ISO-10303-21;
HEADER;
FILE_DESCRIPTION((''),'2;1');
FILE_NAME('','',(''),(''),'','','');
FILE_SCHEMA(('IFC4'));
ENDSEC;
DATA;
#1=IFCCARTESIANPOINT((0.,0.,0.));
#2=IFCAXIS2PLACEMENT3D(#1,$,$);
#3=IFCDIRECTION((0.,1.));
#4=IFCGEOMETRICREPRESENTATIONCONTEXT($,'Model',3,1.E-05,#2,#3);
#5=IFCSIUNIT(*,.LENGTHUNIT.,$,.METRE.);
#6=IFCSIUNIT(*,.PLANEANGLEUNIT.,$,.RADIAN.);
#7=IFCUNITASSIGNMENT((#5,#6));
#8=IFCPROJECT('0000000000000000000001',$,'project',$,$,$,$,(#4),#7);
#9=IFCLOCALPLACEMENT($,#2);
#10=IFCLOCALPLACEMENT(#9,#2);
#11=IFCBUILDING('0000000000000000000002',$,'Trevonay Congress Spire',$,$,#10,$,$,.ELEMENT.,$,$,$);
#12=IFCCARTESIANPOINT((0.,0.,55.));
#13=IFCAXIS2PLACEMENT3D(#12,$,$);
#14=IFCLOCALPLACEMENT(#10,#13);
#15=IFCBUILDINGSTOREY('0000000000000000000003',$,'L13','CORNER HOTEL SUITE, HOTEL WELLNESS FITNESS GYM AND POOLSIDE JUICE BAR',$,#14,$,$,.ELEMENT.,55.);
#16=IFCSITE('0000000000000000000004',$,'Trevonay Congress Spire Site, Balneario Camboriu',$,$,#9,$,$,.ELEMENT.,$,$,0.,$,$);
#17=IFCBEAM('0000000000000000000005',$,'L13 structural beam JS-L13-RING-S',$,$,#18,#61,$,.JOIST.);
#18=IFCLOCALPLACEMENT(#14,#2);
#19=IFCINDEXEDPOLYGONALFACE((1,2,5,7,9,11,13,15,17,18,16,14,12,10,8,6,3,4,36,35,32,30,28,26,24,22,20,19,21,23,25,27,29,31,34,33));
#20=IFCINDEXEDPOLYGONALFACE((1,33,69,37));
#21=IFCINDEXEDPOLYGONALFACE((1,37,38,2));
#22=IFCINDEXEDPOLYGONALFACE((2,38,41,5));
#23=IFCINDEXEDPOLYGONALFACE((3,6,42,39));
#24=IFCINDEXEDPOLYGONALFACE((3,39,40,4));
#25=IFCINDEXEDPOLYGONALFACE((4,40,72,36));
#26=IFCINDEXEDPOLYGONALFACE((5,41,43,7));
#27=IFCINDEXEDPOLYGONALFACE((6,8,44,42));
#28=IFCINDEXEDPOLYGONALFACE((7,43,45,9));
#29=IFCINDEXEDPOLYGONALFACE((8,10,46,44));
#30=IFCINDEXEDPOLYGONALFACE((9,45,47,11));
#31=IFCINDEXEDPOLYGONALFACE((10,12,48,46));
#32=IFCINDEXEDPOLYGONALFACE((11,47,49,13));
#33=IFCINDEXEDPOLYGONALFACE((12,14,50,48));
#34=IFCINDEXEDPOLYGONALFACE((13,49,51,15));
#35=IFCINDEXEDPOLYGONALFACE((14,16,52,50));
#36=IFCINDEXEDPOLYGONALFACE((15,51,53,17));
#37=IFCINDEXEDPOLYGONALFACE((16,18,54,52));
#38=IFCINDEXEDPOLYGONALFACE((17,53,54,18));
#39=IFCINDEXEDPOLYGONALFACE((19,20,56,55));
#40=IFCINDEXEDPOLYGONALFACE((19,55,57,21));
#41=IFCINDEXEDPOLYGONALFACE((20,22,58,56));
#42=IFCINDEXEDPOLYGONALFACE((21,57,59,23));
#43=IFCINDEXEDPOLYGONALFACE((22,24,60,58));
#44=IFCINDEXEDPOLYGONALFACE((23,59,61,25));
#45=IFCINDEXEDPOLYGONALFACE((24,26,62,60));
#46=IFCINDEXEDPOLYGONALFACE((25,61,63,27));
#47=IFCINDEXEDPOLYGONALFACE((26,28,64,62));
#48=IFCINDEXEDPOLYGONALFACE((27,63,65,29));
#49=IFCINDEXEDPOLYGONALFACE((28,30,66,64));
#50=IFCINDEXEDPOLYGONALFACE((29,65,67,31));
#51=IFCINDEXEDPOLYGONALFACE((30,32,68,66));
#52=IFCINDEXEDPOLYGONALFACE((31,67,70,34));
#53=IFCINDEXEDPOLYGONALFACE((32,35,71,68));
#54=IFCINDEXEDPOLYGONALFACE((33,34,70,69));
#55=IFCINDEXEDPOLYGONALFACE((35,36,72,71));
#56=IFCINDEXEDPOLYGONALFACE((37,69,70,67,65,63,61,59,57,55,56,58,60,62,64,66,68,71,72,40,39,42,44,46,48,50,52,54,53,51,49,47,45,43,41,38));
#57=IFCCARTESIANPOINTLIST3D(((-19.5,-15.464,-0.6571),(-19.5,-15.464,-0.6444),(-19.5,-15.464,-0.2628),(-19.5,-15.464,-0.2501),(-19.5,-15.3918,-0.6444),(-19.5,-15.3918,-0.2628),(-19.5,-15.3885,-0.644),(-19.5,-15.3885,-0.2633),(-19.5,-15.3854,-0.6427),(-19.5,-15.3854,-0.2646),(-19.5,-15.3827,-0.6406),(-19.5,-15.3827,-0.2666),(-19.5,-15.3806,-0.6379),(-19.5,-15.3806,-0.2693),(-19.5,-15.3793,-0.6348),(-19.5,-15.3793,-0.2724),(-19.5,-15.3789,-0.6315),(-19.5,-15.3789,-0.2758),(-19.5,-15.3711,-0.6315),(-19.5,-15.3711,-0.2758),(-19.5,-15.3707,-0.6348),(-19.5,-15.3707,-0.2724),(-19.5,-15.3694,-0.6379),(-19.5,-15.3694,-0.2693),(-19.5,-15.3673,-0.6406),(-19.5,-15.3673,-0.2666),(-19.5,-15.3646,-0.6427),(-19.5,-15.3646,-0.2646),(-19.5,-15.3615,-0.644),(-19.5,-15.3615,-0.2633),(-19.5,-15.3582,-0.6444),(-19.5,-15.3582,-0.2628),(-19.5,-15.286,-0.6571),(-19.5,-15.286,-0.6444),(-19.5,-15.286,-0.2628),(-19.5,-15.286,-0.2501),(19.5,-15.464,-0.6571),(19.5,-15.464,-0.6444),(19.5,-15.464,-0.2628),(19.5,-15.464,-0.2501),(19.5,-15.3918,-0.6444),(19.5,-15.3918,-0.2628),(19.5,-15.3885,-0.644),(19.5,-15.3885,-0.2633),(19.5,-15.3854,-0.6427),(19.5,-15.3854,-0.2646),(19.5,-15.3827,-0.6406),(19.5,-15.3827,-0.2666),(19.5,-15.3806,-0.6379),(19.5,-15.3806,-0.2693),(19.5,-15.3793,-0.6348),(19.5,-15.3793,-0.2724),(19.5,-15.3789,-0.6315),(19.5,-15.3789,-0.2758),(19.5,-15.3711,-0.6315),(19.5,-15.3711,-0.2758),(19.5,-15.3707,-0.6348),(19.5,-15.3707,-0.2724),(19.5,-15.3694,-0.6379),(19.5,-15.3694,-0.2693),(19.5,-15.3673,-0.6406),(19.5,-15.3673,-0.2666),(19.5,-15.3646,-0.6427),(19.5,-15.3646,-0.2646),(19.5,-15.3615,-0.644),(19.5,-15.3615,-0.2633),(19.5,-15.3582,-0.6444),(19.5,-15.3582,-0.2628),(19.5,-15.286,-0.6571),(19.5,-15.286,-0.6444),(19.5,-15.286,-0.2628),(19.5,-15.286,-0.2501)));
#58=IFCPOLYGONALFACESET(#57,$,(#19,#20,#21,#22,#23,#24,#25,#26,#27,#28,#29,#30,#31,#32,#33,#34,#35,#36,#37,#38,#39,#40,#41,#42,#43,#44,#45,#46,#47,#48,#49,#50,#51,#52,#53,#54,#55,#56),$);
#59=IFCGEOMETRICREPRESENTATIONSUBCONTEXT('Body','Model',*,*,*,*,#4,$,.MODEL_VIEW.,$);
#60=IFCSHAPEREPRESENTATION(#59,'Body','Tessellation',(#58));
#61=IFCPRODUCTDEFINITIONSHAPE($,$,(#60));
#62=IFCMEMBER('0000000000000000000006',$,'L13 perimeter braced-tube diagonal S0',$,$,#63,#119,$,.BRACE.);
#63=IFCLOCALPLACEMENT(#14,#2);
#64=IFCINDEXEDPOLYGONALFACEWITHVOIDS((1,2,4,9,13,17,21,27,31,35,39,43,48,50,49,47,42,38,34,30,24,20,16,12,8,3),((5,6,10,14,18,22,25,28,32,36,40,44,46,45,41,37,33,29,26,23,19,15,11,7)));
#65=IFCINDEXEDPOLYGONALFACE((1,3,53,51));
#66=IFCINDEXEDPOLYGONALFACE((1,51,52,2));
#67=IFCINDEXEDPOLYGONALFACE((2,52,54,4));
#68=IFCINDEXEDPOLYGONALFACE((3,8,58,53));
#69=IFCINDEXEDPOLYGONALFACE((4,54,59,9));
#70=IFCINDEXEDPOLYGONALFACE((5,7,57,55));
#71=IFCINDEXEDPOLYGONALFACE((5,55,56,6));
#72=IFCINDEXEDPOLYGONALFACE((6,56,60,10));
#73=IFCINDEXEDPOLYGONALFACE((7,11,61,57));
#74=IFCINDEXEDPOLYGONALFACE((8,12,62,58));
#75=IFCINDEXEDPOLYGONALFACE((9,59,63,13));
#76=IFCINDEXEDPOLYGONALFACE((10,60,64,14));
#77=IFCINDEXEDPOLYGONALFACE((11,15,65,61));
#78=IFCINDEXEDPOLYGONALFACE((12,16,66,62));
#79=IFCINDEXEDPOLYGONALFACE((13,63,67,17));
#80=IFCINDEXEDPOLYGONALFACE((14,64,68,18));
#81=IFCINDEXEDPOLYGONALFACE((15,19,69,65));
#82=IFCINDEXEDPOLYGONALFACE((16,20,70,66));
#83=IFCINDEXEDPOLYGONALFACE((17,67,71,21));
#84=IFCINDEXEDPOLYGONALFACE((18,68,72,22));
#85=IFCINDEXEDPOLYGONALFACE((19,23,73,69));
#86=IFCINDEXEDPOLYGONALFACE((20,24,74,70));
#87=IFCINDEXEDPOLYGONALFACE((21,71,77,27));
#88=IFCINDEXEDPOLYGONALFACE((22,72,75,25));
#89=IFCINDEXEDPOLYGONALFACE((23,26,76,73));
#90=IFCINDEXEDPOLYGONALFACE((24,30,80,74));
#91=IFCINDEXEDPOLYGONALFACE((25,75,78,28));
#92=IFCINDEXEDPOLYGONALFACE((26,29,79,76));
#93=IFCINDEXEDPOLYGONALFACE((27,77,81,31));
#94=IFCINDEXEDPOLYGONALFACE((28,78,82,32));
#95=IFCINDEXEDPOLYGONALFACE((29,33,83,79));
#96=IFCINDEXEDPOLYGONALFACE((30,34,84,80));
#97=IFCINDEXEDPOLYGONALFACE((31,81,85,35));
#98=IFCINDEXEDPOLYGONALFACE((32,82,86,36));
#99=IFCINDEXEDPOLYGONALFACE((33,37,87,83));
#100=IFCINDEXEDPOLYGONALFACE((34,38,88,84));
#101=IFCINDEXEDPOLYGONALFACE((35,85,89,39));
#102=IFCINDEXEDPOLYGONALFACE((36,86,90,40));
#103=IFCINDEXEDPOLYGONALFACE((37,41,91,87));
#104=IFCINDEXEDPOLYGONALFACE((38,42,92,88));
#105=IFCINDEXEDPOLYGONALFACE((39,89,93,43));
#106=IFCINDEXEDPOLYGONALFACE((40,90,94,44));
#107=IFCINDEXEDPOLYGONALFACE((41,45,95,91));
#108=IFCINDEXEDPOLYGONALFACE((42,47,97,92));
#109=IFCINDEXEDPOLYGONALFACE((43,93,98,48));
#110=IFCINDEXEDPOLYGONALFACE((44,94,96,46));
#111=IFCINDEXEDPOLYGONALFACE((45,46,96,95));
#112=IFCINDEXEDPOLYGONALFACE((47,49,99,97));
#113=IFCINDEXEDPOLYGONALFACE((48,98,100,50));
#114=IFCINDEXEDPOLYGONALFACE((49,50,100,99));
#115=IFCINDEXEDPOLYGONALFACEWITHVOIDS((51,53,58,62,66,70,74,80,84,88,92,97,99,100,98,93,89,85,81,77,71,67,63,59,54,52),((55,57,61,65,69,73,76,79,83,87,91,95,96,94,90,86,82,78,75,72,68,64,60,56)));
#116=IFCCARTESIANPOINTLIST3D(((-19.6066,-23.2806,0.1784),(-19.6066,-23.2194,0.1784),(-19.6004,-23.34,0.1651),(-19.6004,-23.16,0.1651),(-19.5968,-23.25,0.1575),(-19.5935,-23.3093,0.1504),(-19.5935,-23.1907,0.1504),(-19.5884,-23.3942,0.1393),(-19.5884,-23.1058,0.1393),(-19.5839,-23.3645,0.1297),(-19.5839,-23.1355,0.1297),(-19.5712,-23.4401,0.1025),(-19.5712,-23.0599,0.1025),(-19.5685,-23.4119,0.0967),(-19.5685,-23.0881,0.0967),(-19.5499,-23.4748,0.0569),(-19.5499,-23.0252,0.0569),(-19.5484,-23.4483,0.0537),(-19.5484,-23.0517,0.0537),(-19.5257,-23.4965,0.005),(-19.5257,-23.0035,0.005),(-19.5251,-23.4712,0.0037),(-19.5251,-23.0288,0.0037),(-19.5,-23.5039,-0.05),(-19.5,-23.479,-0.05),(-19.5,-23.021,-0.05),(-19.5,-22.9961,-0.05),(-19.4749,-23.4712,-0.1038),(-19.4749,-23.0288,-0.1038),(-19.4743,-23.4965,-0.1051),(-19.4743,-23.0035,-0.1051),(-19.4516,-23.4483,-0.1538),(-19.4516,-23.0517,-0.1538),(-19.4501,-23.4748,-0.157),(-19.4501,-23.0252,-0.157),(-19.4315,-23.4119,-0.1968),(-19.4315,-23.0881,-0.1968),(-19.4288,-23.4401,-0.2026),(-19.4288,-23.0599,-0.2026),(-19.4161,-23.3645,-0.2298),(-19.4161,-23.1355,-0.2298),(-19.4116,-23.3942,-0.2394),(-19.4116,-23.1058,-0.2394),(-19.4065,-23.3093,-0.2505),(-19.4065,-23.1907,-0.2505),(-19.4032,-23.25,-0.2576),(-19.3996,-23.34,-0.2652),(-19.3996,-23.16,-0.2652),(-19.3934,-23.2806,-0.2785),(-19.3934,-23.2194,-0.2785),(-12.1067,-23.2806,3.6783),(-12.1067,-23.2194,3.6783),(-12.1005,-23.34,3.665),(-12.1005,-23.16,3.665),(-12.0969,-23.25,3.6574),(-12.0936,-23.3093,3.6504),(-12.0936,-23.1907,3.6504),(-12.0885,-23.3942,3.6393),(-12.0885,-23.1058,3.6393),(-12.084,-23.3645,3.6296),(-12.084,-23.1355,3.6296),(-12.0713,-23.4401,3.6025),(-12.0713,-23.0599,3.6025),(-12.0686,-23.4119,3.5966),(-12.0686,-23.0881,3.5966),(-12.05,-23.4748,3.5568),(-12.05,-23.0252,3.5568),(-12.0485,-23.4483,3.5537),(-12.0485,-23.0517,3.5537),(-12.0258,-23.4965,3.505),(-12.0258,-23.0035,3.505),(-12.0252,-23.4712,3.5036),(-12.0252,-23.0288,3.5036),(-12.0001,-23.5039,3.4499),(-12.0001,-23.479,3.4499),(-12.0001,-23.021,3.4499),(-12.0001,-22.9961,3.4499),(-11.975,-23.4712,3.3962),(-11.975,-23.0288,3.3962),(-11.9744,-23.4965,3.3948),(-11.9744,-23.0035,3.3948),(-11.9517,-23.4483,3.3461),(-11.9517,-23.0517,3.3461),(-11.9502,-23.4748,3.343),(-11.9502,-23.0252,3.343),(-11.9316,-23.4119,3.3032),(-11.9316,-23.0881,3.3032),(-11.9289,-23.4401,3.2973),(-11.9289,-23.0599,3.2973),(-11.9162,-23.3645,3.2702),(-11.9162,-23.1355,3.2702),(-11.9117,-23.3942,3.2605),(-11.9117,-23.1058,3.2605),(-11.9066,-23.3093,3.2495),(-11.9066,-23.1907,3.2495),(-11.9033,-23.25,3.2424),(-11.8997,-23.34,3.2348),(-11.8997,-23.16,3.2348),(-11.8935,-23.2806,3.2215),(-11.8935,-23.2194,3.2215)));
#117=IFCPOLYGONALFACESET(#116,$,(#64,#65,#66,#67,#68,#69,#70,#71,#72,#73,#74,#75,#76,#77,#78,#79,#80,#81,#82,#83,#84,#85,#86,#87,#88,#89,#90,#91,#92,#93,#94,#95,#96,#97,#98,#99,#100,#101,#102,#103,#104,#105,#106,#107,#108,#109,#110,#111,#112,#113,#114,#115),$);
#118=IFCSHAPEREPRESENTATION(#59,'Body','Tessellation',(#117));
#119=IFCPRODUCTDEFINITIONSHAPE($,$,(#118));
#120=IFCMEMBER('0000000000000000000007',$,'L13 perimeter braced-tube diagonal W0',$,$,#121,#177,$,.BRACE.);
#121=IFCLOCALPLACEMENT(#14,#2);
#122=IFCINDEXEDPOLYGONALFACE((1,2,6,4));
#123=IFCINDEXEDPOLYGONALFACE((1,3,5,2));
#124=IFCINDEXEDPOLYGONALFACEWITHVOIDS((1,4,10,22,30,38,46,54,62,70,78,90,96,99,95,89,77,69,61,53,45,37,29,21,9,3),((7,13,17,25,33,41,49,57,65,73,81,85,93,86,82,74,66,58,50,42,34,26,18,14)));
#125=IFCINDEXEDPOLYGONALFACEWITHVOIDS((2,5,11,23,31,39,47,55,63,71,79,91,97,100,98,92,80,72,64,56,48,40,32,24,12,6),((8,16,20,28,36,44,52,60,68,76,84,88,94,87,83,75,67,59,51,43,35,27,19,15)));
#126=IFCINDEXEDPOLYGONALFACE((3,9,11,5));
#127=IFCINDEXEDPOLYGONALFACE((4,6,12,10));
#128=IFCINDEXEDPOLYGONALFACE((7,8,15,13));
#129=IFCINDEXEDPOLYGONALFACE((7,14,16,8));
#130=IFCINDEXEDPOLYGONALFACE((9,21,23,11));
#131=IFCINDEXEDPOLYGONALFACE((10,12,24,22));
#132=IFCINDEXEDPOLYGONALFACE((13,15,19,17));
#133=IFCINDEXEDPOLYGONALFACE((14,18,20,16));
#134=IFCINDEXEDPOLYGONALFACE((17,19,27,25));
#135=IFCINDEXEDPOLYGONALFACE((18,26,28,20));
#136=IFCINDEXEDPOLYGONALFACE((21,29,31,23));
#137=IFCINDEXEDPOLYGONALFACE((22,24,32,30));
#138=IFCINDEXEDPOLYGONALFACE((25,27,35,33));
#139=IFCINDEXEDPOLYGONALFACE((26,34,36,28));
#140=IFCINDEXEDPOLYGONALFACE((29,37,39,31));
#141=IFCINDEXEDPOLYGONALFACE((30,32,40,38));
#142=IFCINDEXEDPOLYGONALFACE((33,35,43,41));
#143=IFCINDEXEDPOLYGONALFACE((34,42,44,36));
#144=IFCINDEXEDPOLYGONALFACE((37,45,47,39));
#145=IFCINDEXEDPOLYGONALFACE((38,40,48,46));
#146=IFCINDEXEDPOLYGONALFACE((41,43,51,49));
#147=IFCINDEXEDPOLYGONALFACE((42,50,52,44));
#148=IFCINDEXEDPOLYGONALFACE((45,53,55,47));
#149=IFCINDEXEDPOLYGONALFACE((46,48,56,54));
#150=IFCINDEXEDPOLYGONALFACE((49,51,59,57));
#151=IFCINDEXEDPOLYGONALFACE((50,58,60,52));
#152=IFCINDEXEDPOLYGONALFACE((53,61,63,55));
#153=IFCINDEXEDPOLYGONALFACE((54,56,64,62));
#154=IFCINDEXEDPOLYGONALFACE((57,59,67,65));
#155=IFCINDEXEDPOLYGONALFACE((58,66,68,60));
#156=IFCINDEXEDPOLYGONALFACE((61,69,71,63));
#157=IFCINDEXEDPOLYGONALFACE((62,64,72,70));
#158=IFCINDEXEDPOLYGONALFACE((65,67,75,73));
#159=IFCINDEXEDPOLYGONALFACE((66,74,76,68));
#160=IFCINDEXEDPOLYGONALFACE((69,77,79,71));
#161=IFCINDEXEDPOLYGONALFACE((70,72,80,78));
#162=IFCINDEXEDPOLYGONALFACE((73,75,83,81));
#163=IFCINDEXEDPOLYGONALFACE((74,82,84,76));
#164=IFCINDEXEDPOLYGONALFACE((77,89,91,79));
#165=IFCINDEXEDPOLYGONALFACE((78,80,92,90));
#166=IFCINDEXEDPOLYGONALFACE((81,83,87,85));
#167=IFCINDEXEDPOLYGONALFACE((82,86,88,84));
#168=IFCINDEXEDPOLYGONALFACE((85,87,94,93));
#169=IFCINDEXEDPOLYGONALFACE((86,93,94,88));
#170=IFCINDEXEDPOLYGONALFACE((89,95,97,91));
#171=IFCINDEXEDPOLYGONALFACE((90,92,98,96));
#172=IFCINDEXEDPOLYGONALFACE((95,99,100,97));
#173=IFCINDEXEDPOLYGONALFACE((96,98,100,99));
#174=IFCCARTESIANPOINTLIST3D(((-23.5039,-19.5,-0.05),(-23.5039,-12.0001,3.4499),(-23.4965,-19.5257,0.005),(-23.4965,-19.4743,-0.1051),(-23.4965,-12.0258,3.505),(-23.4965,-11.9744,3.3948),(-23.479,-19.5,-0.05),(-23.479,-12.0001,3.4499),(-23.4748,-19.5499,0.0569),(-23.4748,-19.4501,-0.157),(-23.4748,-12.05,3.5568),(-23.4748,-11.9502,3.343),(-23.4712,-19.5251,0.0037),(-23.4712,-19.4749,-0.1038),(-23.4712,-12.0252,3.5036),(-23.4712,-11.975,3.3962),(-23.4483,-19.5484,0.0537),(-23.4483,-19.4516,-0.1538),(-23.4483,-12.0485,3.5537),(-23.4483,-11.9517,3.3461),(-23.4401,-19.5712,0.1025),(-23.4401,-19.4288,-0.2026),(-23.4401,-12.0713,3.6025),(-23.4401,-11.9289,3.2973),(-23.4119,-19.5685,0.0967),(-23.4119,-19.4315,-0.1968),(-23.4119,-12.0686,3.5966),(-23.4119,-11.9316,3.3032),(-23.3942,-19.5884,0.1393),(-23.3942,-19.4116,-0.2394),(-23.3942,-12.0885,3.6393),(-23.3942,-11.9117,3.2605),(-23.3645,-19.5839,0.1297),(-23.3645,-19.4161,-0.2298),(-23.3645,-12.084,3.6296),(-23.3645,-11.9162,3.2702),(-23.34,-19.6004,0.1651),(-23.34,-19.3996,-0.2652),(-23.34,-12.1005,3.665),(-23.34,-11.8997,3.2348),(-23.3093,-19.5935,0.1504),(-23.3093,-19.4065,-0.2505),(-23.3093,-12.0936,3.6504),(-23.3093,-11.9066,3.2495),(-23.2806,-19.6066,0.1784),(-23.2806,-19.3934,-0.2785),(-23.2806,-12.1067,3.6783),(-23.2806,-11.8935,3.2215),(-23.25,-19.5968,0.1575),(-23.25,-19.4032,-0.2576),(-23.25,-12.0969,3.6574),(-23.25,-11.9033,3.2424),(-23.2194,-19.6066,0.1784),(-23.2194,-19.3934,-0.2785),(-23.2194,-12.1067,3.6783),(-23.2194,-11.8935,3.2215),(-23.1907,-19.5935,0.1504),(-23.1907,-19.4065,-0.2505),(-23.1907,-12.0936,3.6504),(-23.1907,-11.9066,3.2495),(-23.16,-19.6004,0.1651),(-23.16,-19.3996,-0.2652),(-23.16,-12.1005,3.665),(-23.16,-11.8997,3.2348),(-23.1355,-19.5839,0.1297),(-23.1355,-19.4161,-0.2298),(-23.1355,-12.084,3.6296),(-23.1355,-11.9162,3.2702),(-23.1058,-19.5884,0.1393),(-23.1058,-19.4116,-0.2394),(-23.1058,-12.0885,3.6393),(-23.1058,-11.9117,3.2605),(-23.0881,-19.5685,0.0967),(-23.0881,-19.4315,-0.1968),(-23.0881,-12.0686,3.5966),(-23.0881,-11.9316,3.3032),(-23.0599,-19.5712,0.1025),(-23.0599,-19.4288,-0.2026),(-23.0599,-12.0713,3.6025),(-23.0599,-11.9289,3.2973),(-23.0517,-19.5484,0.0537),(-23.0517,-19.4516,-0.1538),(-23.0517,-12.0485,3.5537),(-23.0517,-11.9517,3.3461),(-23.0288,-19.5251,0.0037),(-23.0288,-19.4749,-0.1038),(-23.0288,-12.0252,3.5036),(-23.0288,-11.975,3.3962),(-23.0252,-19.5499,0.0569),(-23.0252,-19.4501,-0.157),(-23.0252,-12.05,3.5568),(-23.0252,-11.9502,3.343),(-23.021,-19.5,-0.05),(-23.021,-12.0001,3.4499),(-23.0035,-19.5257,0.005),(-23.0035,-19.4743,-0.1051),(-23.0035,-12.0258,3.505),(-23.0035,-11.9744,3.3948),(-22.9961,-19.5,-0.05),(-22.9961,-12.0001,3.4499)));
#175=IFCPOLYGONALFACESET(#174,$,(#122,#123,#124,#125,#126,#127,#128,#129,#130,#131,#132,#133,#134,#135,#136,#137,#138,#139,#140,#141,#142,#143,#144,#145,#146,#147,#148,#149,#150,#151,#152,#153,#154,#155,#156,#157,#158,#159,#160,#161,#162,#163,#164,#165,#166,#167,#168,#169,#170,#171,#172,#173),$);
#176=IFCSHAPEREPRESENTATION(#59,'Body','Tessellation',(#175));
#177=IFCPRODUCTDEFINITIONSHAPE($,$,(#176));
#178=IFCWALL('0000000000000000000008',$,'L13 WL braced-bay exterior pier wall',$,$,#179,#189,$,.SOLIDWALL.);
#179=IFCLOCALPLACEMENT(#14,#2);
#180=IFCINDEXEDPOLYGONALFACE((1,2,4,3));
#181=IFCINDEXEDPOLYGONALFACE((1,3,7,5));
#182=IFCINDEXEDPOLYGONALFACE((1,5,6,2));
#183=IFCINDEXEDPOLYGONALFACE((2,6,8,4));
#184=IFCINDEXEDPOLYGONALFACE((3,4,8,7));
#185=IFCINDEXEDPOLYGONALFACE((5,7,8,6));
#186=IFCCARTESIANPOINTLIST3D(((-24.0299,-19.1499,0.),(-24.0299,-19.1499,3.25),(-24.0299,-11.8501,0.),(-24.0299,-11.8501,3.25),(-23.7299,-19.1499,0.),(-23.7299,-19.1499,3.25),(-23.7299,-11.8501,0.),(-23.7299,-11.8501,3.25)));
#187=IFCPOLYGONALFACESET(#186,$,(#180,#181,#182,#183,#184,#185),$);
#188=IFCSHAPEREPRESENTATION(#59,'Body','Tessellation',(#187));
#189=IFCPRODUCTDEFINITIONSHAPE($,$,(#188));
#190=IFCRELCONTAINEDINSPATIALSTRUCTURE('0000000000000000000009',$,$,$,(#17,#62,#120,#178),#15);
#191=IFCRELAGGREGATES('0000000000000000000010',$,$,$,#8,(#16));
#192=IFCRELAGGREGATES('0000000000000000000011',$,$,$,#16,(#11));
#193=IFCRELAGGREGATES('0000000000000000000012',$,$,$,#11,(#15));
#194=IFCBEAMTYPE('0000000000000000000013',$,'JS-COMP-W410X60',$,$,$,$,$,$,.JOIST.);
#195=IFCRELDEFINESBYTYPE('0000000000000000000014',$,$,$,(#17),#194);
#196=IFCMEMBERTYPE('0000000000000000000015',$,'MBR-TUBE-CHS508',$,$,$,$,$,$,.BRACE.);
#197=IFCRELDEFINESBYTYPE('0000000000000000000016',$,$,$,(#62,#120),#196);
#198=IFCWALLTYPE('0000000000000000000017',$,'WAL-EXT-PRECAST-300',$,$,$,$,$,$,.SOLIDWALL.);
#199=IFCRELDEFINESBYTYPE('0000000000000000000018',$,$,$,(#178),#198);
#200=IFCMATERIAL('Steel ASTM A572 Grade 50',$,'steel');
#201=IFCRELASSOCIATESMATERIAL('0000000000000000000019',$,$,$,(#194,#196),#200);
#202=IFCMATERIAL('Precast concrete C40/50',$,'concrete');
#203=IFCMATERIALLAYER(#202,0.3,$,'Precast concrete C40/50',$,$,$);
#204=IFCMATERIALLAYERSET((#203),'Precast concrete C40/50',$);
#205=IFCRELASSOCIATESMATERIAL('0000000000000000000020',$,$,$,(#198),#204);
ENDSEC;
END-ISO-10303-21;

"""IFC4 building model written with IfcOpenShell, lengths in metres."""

from ifc_helpers import new_model, si_unit, direction, frame, frame_2d, origin, origin_2d, place, context, subcontext, project, spatial, rectangle, hollow_circle, i_section, extrude, material, layer, layer_set, material_profile, profile_set, type_object, element, save


model = new_model("IFC4")

# Units and contexts
model_context = context("Model", 3, precision=1e-05, world=origin(), true_north=direction((0.0, 1.0)))
body_context = subcontext(model_context, "Body", "Model", "MODEL_VIEW")
ifc_project = project(units=[si_unit("LENGTHUNIT", "METRE"), si_unit("PLANEANGLEUNIT", "RADIAN")], contexts=[model_context])

# Site, building, storey
site_placement = place(None, origin())
site = spatial("IfcSite", under=ifc_project, at=site_placement, Name="Trevonay Congress Spire Site, Balneario Camboriu", CompositionType="ELEMENT", RefElevation=0.0)
building_placement = place(site_placement, origin())
building = spatial("IfcBuilding", under=site, at=building_placement, Name="Trevonay Congress Spire", CompositionType="ELEMENT")
storey_placement = place(building_placement, frame((0.0, 0.0, 55.0)))
storey = spatial("IfcBuildingStorey", under=building, at=storey_placement, Name="L13", Description="CORNER HOTEL SUITE, HOTEL WELLNESS FITNESS GYM AND POOLSIDE JUICE BAR", CompositionType="ELEMENT", Elevation=55.0)

# Shared definitions
ifc_material_1 = material(Name="Steel ASTM A572 Grade 50", Category="steel")

# Beam
ifc_material_profile_1 = material_profile(ifc_material_1, i_section(OverallWidth=0.178, OverallDepth=0.407, WebThickness=0.0078, FlangeThickness=0.0127, FilletRadius=0.0129, at=origin_2d()), Name="W410x60")
ifc_profile_set_1 = profile_set([ifc_material_profile_1], Name="Steel ASTM A572 Grade 50")
beam_type_1 = type_object("IfcBeamType", Name="JS-COMP-W410X60", PredefinedType="JOIST", material=ifc_profile_set_1)
beam_1_placement = place(storey_placement, frame((-19.5, -15.375, -0.4536), z_axis=(1.0, 0.0, 0.0), x_axis=(0.0, 1.0, 0.0)))
element("IfcBeam", 1, at=beam_1_placement, inside=storey, type_object=beam_type_1, Name="L13 structural beam JS-L13-RING-S", PredefinedType="JOIST", context=body_context, shape_type="SweptSolid", body=[
    extrude(i_section(OverallWidth=0.178, OverallDepth=0.407, WebThickness=0.0078, FlangeThickness=0.0127, FilletRadius=0.0129, at=origin_2d()), origin(), (0.0, 0.0, 1.0), 39.0),
])

# Members
ifc_material_profile_2 = material_profile(ifc_material_1, hollow_circle(Radius=0.2539, WallThickness=0.0249, at=origin_2d()), Name="CHS 508x25")
ifc_profile_set_2 = profile_set([ifc_material_profile_2], Name="Steel ASTM A572 Grade 50")
member_type_1 = type_object("IfcMemberType", Name="MBR-TUBE-CHS508", PredefinedType="BRACE", material=ifc_profile_set_2)
for number, where, z_axis, x_axis, name in (
    (2, (-19.5, -23.25, -0.05), (0.906183, 0.0, 0.422885), (0.0, 1.0, 0.0), "L13 perimeter braced-tube diagonal S0"),
    (3, (-23.25, -19.5, -0.05), (0.0, 0.906183, 0.422885), (-1.0, 0.0, 0.0), "L13 perimeter braced-tube diagonal W0"),
):
    element("IfcMember", number, at=place(storey_placement, frame(where, z_axis=z_axis, x_axis=x_axis)), inside=storey, type_object=member_type_1, Name=name, PredefinedType="BRACE", context=body_context, shape_type="SweptSolid", body=[
        extrude(hollow_circle(Radius=0.2539, WallThickness=0.0249, at=origin_2d()), origin(), (0.0, 0.0, 1.0), 8.2764),
    ])

# Wall
ifc_material_2 = material(Name="Precast concrete C40/50", Category="concrete")
ifc_layer_1 = layer(ifc_material_2, 0.3, Name="Precast concrete C40/50")
ifc_layer_set_1 = layer_set([ifc_layer_1], Name="Precast concrete C40/50")
wall_type_1 = type_object("IfcWallType", Name="WAL-EXT-PRECAST-300", PredefinedType="SOLIDWALL", material=ifc_layer_set_1)
wall_1_placement = place(storey_placement, frame((-23.8799, -19.1499, 0.0), z_axis=(0.0, 0.0, 1.0), x_axis=(0.0, 1.0, 0.0)))
element("IfcWall", 4, at=wall_1_placement, inside=storey, type_object=wall_type_1, Name="L13 WL braced-bay exterior pier wall", PredefinedType="SOLIDWALL", context=body_context, shape_type="SweptSolid", body=[
    extrude(rectangle(XDim=7.2998, YDim=0.3, at=frame_2d((3.6499, 0.0))), origin(), (0.0, 0.0, 1.0), 3.25),
])

save(model, "model.ifc")
